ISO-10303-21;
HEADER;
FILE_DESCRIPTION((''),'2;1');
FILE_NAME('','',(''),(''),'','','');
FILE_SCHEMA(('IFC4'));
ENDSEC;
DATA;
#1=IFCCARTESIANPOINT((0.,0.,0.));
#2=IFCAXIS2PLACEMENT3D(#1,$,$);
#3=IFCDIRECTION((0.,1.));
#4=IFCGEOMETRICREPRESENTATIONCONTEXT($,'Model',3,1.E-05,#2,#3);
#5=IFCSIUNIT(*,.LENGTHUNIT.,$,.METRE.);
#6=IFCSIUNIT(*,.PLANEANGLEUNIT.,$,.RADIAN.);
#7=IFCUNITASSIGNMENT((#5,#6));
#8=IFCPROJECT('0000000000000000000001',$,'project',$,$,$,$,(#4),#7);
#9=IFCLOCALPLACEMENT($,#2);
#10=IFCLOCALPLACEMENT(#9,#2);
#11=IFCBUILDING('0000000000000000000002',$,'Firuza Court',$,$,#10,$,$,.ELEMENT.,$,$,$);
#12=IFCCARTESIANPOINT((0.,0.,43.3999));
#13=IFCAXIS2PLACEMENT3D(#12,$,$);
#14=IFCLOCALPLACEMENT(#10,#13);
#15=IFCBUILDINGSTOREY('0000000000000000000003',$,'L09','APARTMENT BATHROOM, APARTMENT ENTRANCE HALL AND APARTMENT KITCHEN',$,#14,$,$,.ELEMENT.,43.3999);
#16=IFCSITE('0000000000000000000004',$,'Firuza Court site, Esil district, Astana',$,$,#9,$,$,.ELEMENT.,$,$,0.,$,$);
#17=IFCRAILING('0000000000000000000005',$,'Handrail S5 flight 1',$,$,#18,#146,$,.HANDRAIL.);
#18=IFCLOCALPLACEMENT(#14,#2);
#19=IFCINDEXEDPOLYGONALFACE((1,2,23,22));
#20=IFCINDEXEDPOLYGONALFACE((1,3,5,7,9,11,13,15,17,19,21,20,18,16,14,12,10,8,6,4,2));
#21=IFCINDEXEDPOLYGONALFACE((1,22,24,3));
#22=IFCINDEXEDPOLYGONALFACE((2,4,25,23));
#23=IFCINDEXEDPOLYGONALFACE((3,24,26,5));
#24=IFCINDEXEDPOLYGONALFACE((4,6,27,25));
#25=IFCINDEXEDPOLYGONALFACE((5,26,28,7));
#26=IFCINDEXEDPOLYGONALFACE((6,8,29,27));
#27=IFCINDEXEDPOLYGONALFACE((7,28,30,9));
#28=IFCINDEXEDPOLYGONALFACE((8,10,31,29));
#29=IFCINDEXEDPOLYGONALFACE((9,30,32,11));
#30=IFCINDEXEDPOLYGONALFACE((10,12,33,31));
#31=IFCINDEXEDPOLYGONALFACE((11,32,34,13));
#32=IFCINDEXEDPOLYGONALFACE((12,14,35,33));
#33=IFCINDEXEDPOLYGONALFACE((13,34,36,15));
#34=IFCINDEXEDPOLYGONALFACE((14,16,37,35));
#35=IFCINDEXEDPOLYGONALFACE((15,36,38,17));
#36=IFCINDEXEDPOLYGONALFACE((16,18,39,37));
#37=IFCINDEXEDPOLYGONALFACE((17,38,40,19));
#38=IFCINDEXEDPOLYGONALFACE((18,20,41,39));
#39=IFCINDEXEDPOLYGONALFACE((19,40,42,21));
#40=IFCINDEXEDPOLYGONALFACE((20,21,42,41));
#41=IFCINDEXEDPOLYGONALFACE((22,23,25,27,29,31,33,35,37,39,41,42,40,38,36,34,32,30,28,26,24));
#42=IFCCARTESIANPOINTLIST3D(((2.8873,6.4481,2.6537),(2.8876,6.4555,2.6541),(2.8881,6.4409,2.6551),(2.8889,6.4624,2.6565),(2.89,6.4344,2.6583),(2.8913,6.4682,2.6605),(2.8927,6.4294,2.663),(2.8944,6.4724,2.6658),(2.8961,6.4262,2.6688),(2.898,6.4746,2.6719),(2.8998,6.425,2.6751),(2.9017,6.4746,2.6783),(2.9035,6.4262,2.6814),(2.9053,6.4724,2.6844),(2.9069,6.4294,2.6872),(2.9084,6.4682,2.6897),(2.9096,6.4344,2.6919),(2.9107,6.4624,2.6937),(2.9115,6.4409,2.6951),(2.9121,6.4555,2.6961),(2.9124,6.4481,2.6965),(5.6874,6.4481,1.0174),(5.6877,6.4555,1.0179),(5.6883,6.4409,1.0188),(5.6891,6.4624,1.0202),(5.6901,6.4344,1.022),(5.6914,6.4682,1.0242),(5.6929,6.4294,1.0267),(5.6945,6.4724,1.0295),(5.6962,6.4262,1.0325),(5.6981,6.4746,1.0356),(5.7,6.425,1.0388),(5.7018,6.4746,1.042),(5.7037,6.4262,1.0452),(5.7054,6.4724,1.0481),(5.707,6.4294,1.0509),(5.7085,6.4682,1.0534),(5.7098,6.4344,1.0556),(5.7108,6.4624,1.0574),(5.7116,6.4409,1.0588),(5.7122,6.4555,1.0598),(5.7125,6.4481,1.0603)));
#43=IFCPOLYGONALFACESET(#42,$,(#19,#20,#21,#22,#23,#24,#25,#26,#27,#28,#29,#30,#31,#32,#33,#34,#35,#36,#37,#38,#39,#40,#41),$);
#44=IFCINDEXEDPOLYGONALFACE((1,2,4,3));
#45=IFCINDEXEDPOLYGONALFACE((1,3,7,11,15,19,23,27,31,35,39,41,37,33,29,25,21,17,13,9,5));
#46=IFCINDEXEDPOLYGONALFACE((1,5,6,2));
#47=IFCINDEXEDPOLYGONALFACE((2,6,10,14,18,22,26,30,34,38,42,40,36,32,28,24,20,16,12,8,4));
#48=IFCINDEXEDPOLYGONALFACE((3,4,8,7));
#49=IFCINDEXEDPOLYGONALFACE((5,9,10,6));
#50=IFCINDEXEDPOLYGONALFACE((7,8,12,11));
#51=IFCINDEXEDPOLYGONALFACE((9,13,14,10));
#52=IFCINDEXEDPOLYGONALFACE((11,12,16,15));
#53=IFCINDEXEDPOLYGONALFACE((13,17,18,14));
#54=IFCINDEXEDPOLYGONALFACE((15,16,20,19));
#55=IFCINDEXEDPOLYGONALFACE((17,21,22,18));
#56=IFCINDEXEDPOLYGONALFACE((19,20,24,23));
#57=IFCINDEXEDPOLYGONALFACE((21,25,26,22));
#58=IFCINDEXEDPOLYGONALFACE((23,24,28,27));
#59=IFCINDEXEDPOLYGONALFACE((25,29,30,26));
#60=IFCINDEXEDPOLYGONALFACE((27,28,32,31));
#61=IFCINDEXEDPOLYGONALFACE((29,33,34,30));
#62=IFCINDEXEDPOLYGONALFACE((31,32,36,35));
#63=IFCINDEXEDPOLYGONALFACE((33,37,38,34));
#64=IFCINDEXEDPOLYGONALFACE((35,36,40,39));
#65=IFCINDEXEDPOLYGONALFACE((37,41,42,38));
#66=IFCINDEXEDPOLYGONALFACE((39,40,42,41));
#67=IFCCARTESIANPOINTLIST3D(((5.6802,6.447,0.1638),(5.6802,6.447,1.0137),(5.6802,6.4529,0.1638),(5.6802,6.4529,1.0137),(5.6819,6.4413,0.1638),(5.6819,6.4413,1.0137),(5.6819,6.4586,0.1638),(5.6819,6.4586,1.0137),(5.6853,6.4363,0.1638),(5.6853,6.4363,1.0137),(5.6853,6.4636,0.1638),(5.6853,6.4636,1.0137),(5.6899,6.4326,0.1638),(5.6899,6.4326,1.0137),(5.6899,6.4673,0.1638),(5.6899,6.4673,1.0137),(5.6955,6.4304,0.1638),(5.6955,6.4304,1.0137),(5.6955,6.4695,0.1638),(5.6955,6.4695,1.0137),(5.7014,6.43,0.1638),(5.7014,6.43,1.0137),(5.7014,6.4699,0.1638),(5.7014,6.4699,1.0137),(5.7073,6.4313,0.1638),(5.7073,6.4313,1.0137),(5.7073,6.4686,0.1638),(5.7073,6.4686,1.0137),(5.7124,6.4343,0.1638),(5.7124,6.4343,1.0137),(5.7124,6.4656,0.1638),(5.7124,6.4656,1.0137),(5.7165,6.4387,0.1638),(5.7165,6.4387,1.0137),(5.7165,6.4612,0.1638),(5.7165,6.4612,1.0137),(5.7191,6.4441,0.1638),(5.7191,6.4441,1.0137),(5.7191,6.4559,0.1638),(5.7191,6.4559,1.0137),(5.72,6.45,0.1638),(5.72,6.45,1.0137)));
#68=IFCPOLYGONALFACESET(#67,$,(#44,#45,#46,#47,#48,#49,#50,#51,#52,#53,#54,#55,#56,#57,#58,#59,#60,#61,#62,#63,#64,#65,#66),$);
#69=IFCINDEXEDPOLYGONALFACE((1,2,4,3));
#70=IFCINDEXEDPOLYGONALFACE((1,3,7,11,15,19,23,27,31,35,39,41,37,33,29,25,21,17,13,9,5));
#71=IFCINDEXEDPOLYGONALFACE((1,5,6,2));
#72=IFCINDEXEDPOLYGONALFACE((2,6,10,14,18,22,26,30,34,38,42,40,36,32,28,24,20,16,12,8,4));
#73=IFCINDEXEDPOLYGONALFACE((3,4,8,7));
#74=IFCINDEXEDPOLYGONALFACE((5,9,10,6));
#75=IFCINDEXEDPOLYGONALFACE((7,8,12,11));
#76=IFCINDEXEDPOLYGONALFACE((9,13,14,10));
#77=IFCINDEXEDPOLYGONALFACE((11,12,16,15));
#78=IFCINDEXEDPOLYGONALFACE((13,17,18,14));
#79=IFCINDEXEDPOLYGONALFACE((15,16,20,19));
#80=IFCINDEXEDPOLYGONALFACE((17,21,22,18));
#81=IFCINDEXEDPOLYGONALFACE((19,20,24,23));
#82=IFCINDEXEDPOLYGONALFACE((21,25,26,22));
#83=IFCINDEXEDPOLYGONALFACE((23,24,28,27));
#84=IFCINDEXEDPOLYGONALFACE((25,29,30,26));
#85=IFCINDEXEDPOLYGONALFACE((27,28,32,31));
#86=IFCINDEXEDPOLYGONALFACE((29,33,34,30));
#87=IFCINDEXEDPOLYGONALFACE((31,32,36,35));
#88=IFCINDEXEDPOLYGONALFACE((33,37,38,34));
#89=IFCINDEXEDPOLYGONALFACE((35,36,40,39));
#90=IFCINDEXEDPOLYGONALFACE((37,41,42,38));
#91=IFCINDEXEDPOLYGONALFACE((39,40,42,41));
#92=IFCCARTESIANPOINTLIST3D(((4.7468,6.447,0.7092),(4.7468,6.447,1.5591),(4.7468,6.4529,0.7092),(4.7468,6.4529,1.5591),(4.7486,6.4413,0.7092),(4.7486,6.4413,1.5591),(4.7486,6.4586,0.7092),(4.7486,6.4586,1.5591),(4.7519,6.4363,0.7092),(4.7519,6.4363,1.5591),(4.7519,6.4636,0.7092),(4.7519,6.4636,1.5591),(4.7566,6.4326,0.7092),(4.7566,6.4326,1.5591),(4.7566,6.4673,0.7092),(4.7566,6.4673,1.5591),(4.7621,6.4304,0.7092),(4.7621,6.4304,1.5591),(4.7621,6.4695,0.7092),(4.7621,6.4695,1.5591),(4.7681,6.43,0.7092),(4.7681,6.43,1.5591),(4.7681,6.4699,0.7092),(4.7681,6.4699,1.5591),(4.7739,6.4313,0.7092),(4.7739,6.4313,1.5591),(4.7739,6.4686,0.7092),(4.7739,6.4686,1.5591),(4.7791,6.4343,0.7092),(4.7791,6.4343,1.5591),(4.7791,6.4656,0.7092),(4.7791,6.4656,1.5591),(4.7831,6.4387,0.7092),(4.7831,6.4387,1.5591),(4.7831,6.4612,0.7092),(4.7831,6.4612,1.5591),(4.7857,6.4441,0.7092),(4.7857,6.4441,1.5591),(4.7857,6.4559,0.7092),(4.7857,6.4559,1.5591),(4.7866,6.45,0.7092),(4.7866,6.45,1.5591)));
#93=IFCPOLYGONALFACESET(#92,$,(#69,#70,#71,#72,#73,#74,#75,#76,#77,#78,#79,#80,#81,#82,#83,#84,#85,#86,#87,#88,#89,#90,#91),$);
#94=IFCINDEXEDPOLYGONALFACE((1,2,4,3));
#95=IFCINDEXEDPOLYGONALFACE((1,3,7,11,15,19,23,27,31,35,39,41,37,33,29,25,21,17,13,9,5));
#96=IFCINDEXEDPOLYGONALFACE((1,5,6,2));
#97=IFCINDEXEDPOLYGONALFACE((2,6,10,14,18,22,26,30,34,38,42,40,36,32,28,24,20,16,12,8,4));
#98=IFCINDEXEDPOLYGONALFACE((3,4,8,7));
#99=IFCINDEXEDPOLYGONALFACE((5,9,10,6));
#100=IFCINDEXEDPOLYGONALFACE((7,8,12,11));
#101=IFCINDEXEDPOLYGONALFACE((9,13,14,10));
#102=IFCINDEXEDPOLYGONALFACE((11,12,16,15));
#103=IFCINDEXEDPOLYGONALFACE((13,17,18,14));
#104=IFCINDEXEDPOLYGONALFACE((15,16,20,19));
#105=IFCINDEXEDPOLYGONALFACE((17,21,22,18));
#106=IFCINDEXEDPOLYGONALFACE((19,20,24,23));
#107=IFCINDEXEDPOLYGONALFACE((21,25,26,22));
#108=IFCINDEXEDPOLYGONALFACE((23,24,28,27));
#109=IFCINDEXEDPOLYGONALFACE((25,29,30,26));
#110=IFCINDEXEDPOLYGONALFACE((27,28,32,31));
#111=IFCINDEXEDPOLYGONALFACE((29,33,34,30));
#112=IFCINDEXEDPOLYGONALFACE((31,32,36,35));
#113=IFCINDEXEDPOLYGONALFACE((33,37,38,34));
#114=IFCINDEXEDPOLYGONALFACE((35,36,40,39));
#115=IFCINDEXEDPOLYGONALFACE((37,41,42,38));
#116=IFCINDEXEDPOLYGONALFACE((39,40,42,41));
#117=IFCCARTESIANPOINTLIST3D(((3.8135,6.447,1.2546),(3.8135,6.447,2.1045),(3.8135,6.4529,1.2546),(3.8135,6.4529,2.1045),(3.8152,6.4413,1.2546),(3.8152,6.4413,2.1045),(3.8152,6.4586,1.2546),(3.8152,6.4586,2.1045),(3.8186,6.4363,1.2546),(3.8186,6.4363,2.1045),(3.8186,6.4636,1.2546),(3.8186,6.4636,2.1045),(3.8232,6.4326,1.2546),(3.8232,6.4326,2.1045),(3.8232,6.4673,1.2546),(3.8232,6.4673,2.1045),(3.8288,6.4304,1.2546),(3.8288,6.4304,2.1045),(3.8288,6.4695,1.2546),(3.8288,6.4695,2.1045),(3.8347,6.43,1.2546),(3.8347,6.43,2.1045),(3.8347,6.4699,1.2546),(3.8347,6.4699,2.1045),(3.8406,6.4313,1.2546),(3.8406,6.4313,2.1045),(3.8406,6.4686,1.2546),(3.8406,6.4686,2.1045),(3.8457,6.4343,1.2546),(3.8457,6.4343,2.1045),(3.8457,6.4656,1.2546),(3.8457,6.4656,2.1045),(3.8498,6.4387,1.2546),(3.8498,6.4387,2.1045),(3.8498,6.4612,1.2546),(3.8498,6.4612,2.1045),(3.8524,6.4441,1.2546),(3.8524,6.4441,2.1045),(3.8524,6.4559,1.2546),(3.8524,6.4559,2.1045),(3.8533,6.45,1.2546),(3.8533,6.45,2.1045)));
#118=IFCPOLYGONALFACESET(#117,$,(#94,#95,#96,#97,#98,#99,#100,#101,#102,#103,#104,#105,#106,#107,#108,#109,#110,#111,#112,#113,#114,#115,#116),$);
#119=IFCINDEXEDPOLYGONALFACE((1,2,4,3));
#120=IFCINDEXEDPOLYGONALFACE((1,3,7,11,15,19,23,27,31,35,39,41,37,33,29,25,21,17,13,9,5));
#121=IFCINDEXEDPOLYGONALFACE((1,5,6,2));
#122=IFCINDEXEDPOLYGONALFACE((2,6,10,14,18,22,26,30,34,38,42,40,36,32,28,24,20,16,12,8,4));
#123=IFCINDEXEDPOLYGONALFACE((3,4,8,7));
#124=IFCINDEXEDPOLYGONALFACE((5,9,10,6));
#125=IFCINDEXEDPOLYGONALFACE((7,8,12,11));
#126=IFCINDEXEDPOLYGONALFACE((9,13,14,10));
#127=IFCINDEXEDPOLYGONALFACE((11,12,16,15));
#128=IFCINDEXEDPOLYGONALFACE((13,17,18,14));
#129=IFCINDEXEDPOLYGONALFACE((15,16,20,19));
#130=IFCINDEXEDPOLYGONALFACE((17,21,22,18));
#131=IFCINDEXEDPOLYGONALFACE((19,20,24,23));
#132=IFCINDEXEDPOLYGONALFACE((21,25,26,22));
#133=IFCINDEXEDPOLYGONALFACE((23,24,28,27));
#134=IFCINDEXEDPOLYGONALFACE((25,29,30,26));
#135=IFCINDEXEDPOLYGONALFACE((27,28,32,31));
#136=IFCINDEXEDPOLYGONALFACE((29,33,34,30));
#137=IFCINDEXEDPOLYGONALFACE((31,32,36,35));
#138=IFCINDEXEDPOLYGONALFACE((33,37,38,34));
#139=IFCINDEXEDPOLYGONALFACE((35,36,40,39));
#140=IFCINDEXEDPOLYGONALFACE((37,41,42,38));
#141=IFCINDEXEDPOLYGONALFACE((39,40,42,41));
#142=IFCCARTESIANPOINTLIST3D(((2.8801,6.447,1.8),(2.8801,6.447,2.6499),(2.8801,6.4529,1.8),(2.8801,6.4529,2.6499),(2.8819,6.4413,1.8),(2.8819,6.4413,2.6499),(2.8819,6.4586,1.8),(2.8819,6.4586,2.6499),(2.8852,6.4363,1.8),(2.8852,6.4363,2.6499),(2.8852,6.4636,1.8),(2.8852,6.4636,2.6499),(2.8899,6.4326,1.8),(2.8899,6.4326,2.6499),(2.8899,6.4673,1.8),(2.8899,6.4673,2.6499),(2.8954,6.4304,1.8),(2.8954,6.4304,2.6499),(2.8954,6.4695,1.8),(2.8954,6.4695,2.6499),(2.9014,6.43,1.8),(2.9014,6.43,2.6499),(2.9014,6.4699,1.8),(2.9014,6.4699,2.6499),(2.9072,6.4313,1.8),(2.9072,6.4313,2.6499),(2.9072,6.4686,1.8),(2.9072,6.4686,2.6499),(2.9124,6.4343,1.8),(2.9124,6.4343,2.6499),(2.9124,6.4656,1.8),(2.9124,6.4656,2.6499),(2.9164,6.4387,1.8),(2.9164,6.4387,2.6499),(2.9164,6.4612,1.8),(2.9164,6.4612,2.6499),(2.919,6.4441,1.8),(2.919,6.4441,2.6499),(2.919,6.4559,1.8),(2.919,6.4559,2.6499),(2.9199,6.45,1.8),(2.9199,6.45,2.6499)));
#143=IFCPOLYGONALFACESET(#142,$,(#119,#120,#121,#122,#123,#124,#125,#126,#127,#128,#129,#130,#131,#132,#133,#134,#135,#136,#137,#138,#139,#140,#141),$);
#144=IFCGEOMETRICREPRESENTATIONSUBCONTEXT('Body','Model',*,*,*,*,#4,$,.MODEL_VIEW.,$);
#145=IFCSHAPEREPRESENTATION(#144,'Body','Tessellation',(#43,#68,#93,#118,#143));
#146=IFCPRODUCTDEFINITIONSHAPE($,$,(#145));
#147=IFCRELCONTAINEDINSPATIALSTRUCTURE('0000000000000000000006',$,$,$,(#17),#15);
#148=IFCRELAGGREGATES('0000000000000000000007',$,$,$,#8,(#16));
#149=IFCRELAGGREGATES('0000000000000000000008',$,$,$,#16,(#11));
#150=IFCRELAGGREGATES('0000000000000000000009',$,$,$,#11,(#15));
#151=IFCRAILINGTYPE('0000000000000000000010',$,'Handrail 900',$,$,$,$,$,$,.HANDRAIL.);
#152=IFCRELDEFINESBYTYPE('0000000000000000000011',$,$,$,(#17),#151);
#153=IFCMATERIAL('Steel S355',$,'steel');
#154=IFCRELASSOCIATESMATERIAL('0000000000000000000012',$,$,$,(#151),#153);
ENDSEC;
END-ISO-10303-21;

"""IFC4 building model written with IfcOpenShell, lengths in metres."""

from ifc_helpers import new_model, si_unit, direction, frame, origin, origin_2d, place, context, subcontext, project, spatial, circle, extrude, material, type_object, element, save


model = new_model("IFC4")

# Units and contexts
model_context = context("Model", 3, precision=1e-05, world=origin(), true_north=direction((0.0, 1.0)))
body_context = subcontext(model_context, "Body", "Model", "MODEL_VIEW")
ifc_project = project(units=[si_unit("LENGTHUNIT", "METRE"), si_unit("PLANEANGLEUNIT", "RADIAN")], contexts=[model_context])

# Site, building, storey
site_placement = place(None, origin())
site = spatial("IfcSite", under=ifc_project, at=site_placement, Name="Firuza Court site, Esil district, Astana", CompositionType="ELEMENT", RefElevation=0.0)
building_placement = place(site_placement, origin())
building = spatial("IfcBuilding", under=site, at=building_placement, Name="Firuza Court", CompositionType="ELEMENT")
storey_placement = place(building_placement, frame((0.0, 0.0, 43.3999)))
storey = spatial("IfcBuildingStorey", under=building, at=storey_placement, Name="L09", Description="APARTMENT BATHROOM, APARTMENT ENTRANCE HALL AND APARTMENT KITCHEN", CompositionType="ELEMENT", Elevation=43.3999)

# Railing
ifc_material_1 = material(Name="Steel S355", Category="steel")
railing_type_1 = type_object("IfcRailingType", Name="Handrail 900", PredefinedType="HANDRAIL", material=ifc_material_1)
railing_1_placement = place(storey_placement, frame((5.7, 6.45, 0.1638)))
element("IfcRailing", 1, at=railing_1_placement, inside=storey, type_object=railing_type_1, Name="Handrail S5 flight 1", PredefinedType="HANDRAIL", context=body_context, shape_type="SweptSolid", body=[
    extrude(circle(Radius=0.0249, at=origin_2d()), frame((0.0, 0.0, 0.875), z_axis=(-0.863394, 0.0, 0.504531), x_axis=(0.0, -1.0, 0.0)), (0.0, 0.0, 1.0), 3.2432),
    extrude(circle(Radius=0.02, at=origin_2d()), origin(), (0.0, 0.0, 1.0), 0.8499),
    extrude(circle(Radius=0.02, at=origin_2d()), frame((-0.9333, 0.0, 0.5454)), (0.0, 0.0, 1.0), 0.8499),
    extrude(circle(Radius=0.02, at=origin_2d()), frame((-1.8667, 0.0, 1.0908)), (0.0, 0.0, 1.0), 0.8499),
    extrude(circle(Radius=0.02, at=origin_2d()), frame((-2.8, 0.0, 1.6362)), (0.0, 0.0, 1.0), 0.8499),
])

save(model, "model.ifc")
